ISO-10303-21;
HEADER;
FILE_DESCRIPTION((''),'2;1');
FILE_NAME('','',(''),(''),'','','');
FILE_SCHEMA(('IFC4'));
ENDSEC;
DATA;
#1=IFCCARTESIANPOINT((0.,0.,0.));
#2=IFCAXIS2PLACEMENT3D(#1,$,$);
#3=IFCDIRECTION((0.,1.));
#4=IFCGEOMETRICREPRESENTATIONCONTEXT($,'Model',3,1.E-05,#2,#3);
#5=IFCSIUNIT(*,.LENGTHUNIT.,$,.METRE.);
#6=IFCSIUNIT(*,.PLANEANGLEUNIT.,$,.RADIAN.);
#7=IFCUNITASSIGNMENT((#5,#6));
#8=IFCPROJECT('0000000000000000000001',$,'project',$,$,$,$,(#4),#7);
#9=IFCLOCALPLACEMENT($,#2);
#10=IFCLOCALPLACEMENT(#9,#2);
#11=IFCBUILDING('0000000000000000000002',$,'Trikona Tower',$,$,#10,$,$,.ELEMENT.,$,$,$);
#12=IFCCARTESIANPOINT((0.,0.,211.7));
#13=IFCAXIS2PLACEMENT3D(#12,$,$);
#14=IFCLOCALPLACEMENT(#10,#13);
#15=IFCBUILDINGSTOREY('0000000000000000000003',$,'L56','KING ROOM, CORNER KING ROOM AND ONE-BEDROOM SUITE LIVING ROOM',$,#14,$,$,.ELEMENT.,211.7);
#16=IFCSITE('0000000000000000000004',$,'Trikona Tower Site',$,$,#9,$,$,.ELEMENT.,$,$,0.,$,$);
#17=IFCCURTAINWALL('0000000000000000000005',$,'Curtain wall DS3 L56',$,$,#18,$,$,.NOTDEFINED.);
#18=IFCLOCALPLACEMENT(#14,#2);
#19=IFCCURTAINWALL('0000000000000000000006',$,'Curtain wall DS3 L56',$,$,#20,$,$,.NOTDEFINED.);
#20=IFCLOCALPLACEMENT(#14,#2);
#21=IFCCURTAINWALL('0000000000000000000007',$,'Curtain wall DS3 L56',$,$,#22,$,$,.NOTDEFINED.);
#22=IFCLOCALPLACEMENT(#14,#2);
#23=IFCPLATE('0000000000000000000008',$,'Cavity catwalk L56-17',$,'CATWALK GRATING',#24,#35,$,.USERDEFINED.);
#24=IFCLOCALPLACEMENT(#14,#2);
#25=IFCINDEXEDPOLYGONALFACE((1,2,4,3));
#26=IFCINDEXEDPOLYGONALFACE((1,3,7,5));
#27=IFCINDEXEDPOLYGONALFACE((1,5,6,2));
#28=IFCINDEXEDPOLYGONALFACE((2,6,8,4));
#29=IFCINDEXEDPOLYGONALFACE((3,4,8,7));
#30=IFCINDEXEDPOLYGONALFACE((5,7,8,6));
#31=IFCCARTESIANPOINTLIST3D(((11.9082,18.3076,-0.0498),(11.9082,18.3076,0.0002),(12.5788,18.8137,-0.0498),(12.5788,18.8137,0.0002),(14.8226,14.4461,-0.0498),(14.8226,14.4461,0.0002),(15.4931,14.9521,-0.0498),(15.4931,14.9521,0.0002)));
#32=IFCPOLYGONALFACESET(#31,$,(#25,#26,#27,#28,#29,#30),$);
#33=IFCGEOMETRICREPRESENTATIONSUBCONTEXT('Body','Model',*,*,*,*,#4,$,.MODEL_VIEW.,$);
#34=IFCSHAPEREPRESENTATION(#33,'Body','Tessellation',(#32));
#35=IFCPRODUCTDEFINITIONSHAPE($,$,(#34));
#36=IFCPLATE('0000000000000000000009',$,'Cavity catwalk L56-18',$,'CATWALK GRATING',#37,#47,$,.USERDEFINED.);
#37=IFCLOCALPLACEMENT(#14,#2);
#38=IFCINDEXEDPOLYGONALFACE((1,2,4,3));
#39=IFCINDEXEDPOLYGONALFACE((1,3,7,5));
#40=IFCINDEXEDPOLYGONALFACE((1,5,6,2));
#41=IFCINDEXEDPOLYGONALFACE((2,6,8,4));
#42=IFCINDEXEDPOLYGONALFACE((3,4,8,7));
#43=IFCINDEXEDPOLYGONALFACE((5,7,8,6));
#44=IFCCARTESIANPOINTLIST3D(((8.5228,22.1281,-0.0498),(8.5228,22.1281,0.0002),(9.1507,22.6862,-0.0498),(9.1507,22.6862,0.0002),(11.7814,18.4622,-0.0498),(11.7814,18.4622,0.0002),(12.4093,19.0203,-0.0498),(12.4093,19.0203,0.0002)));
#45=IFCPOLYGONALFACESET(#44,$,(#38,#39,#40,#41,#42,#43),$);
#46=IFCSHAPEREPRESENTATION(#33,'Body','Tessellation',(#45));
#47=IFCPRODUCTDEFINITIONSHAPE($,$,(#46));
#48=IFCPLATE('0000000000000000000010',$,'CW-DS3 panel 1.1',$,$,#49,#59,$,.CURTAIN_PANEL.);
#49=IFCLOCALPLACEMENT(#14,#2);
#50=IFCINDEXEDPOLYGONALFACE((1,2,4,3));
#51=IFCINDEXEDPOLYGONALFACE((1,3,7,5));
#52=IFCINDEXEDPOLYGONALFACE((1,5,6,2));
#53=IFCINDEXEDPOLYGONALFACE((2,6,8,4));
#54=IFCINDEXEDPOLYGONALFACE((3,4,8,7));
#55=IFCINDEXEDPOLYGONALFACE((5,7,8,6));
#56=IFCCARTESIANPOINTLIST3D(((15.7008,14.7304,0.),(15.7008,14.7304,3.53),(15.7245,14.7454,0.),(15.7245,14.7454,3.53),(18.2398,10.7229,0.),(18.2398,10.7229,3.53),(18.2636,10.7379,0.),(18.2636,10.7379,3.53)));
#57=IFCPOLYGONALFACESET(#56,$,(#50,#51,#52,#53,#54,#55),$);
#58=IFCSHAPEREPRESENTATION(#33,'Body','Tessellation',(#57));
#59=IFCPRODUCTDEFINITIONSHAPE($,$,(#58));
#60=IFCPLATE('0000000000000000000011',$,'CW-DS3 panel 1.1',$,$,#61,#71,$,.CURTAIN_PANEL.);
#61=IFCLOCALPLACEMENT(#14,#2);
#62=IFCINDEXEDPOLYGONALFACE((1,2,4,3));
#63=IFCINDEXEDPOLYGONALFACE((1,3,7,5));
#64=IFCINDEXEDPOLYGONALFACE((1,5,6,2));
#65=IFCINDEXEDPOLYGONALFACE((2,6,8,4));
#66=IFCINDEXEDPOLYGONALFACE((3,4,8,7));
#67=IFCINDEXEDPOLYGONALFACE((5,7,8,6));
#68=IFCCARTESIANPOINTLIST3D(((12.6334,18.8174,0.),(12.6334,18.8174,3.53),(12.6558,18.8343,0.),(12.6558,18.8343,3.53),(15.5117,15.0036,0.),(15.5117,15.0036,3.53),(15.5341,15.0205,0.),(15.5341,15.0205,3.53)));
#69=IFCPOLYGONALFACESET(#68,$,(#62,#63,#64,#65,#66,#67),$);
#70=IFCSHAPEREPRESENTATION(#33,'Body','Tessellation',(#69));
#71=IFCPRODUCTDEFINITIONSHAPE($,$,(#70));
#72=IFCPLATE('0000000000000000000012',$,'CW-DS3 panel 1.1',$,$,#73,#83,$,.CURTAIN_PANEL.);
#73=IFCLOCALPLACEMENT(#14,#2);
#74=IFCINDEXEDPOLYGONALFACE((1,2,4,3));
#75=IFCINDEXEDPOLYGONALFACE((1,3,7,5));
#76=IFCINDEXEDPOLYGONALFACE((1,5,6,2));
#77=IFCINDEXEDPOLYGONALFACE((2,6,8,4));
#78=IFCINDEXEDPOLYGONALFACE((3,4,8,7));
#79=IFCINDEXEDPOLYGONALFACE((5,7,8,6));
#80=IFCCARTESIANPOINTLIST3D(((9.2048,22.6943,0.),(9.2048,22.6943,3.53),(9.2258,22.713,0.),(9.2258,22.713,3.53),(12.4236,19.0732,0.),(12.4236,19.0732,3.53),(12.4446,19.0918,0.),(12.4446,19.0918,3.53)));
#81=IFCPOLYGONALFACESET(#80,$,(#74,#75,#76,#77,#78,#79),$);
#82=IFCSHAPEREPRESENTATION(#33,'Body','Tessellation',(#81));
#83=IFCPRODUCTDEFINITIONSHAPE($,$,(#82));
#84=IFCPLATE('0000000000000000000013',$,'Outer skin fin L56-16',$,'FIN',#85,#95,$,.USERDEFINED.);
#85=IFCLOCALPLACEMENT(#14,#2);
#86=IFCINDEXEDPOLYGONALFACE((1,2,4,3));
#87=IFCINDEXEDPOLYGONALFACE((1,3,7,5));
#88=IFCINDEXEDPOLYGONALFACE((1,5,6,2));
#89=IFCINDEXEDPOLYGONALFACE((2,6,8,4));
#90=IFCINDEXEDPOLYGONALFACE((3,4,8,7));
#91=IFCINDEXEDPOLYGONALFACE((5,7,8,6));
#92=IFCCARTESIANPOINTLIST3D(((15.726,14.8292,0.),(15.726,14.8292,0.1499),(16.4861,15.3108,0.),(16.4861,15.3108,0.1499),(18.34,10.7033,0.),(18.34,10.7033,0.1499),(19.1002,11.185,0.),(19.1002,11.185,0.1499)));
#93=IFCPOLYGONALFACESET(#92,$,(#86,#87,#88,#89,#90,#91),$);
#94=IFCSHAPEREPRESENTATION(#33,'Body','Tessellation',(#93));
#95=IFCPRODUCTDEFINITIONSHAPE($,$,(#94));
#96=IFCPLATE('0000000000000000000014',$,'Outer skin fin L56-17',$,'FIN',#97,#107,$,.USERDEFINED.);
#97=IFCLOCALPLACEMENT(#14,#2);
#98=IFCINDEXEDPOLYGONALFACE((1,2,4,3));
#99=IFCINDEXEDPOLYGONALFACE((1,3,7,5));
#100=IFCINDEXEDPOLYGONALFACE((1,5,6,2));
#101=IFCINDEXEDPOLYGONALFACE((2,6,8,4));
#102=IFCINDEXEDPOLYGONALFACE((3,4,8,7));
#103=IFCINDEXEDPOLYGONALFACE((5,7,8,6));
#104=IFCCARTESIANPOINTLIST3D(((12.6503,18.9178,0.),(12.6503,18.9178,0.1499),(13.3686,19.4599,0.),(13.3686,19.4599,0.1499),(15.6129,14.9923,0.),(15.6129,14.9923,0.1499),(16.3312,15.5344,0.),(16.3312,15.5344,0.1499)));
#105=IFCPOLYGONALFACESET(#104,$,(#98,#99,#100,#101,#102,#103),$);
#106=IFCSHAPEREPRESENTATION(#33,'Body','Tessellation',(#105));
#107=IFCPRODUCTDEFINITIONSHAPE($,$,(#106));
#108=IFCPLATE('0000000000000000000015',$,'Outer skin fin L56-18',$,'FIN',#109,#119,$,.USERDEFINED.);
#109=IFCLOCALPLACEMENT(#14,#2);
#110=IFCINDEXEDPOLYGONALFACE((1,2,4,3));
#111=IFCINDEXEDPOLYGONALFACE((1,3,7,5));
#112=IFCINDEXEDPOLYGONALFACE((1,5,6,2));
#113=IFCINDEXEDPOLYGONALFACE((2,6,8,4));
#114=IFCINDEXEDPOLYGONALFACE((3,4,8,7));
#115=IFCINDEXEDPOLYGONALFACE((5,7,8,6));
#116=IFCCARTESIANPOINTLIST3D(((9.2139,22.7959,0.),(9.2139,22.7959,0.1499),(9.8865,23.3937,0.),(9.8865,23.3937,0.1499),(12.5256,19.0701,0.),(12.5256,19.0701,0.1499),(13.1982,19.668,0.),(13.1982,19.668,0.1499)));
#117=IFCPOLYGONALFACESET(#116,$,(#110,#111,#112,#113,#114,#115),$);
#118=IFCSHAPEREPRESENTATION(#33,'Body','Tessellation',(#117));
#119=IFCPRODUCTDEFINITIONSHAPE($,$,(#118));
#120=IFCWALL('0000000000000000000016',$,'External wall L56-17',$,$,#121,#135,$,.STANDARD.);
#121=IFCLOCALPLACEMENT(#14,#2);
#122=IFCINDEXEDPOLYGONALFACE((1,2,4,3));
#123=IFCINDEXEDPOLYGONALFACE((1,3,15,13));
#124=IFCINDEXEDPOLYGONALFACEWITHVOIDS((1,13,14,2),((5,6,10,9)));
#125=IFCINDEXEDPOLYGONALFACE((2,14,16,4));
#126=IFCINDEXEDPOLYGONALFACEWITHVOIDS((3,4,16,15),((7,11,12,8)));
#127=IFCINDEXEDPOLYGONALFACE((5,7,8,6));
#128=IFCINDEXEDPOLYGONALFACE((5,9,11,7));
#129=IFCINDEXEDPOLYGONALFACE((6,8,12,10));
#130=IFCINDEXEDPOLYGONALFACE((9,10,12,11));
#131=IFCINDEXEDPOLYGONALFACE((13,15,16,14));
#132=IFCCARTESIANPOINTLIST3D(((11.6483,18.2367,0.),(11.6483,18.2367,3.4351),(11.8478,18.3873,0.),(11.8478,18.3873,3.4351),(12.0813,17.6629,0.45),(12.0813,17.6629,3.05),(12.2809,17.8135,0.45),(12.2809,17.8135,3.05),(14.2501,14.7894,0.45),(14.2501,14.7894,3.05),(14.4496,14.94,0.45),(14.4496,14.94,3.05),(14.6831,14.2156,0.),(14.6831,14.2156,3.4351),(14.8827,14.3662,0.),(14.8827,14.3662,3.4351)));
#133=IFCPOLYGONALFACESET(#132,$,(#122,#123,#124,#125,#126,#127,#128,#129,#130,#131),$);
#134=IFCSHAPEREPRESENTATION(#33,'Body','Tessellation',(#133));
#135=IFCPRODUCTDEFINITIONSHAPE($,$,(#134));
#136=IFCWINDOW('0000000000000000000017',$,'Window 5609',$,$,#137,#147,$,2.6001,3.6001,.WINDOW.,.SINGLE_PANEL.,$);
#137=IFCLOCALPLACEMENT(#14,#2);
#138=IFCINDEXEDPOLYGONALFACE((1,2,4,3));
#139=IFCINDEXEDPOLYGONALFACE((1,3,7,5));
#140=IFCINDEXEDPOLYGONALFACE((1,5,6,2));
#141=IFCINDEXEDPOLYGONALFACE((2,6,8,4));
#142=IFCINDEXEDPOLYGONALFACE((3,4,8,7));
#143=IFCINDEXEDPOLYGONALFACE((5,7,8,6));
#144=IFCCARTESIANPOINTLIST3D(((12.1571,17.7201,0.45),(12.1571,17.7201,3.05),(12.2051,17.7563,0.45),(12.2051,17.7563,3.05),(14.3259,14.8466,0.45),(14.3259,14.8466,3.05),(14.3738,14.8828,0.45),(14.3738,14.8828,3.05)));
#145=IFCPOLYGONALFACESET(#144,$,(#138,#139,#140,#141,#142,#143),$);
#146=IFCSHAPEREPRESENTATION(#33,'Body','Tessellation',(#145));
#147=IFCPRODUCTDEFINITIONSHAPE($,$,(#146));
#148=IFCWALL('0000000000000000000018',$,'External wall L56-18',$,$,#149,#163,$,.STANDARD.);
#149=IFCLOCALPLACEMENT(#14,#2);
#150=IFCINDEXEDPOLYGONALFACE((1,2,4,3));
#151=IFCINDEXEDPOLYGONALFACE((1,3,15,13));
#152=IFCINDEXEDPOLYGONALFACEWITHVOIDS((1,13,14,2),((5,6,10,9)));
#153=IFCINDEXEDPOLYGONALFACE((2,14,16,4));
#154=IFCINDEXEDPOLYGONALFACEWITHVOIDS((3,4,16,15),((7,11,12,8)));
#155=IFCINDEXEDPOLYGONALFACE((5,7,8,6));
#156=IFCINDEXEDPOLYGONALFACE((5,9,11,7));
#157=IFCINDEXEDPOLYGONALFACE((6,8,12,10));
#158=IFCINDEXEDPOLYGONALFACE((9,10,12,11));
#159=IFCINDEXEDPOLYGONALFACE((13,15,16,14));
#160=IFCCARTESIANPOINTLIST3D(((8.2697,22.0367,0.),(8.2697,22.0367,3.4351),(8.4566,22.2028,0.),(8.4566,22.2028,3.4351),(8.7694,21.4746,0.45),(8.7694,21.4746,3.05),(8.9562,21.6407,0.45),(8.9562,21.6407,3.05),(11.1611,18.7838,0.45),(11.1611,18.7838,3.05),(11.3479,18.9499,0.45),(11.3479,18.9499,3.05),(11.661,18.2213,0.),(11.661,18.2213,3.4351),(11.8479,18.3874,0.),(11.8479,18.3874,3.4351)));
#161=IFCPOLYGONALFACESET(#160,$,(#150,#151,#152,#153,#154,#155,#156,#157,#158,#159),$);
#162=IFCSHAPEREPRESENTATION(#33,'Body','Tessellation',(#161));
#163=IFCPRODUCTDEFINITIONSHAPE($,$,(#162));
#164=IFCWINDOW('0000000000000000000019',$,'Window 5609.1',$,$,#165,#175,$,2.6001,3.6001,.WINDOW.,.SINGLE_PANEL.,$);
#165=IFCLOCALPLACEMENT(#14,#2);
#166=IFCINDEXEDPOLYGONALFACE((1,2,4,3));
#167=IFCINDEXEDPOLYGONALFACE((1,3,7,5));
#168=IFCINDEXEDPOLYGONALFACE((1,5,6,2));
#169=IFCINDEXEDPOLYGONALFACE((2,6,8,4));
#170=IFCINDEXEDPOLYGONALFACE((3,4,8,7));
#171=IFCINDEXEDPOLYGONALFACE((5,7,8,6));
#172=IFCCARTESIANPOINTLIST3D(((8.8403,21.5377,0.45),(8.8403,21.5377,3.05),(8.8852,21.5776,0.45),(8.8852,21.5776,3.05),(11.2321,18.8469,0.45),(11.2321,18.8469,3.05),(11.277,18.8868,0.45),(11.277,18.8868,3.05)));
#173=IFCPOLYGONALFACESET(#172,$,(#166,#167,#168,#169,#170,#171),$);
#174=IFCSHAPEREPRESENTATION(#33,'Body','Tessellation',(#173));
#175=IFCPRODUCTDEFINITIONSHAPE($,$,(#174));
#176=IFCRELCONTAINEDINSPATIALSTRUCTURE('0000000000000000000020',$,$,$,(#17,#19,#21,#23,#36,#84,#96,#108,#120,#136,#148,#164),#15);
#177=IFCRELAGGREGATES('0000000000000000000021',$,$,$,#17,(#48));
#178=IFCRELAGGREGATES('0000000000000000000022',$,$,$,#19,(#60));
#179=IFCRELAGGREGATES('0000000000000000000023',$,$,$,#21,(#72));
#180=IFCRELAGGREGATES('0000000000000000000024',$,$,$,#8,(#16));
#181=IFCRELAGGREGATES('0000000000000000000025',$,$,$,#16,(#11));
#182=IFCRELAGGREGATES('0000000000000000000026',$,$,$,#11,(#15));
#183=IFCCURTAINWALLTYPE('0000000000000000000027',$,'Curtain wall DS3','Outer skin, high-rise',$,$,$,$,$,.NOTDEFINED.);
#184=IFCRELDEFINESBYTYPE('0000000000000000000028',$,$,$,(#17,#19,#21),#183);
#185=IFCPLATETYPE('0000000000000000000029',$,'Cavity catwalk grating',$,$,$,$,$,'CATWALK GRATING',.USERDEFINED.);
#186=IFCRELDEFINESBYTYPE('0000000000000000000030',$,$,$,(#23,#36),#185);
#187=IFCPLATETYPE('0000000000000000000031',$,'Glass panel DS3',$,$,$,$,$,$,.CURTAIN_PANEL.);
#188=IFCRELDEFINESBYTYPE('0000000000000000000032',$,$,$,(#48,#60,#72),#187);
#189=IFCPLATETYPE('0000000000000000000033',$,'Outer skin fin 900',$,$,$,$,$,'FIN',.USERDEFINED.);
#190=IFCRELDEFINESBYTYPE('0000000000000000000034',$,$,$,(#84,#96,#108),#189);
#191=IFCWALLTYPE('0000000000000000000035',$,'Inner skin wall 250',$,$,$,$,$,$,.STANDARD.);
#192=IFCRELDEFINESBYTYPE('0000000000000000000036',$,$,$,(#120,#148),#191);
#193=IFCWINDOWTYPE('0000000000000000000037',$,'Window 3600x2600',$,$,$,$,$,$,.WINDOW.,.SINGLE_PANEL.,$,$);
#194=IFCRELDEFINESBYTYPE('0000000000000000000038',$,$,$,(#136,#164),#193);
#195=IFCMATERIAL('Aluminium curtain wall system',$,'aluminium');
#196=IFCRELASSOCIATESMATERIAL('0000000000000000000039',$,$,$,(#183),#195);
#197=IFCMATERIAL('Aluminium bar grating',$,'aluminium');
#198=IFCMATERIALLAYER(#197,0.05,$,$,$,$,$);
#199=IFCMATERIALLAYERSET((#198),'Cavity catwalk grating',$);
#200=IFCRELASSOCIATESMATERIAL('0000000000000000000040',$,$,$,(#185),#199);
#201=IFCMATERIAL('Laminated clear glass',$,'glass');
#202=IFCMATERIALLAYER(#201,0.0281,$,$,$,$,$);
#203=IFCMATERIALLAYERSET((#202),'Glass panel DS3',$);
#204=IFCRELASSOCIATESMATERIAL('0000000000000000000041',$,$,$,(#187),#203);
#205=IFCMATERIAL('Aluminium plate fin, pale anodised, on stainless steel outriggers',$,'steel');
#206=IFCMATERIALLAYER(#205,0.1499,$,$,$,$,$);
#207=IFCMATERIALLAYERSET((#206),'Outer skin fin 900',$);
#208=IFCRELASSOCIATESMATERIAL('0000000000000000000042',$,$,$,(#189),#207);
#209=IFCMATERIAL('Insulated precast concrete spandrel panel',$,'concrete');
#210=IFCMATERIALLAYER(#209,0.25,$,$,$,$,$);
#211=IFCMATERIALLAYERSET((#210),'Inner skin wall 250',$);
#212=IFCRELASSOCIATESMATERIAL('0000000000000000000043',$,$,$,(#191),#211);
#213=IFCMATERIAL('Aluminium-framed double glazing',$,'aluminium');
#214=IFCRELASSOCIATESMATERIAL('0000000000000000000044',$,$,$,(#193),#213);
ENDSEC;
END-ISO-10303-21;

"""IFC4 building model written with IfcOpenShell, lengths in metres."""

from ifc_helpers import new_model, si_unit, direction, frame, frame_2d, origin, origin_2d, place, context, subcontext, project, spatial, rectangle, extrude, material, layer, layer_set, type_object, element, fill, aggregate, save


model = new_model("IFC4")

# Units and contexts
model_context = context("Model", 3, precision=1e-05, world=origin(), true_north=direction((0.0, 1.0)))
body_context = subcontext(model_context, "Body", "Model", "MODEL_VIEW")
ifc_project = project(units=[si_unit("LENGTHUNIT", "METRE"), si_unit("PLANEANGLEUNIT", "RADIAN")], contexts=[model_context])

# Site, building, storey
site_placement = place(None, origin())
site = spatial("IfcSite", under=ifc_project, at=site_placement, Name="Trikona Tower Site", CompositionType="ELEMENT", RefElevation=0.0)
building_placement = place(site_placement, origin())
building = spatial("IfcBuilding", under=site, at=building_placement, Name="Trikona Tower", CompositionType="ELEMENT")
storey_placement = place(building_placement, frame((0.0, 0.0, 211.7)))
storey = spatial("IfcBuildingStorey", under=building, at=storey_placement, Name="L56", Description="KING ROOM, CORNER KING ROOM AND ONE-BEDROOM SUITE LIVING ROOM", CompositionType="ELEMENT", Elevation=211.7)

# Curtain wall
ifc_material_1 = material(Name="Aluminium curtain wall system", Category="aluminium")
curtain_wall_type = type_object("IfcCurtainWallType", Name="Curtain wall DS3", Description="Outer skin, high-rise", PredefinedType="NOTDEFINED", material=ifc_material_1)
curtain_wall_1_placement = place(storey_placement, origin())
curtain_wall_1 = element("IfcCurtainWall", 1, at=curtain_wall_1_placement, inside=storey, type_object=curtain_wall_type, Name="Curtain wall DS3 L56", PredefinedType="NOTDEFINED")

# Curtain walls
curtain_wall_2_placement = place(storey_placement, origin())
curtain_wall_2 = element("IfcCurtainWall", 2, at=curtain_wall_2_placement, inside=storey, type_object=curtain_wall_type, Name="Curtain wall DS3 L56", PredefinedType="NOTDEFINED")
curtain_wall_3_placement = place(storey_placement, origin())
curtain_wall_3 = element("IfcCurtainWall", 3, at=curtain_wall_3_placement, inside=storey, type_object=curtain_wall_type, Name="Curtain wall DS3 L56", PredefinedType="NOTDEFINED")

# Plates
ifc_material_2 = material(Name="Aluminium bar grating", Category="aluminium")
ifc_layer_1 = layer(ifc_material_2, 0.05)
ifc_layer_set_1 = layer_set([ifc_layer_1], Name="Cavity catwalk grating")
plate_type_1 = type_object("IfcPlateType", Name="Cavity catwalk grating", ElementType="CATWALK GRATING", PredefinedType="USERDEFINED", material=ifc_layer_set_1)
plate_1_placement = place(storey_placement, frame((13.7007, 16.6299, -0.0498), z_axis=(0.0, 0.0, 1.0), x_axis=(-0.602402, 0.798193, 0.0)))
element("IfcPlate", 4, at=plate_1_placement, inside=storey, type_object=plate_type_1, Name="Cavity catwalk L56-17", ObjectType="CATWALK GRATING", PredefinedType="USERDEFINED", context=body_context, shape_type="SweptSolid", body=[
    extrude(rectangle(XDim=4.8379, YDim=0.8401, at=origin_2d()), origin(), (0.0, 0.0, 1.0), 0.05),
])
plate_2_placement = place(storey_placement, frame((10.4661, 20.5742, -0.0498), z_axis=(0.0, 0.0, 1.0), x_axis=(-0.664367, 0.747406, 0.0)))
element("IfcPlate", 5, at=plate_2_placement, inside=storey, type_object=plate_type_1, Name="Cavity catwalk L56-18", ObjectType="CATWALK GRATING", PredefinedType="USERDEFINED", context=body_context, shape_type="SweptSolid", body=[
    extrude(rectangle(XDim=4.9048, YDim=0.8401, at=origin_2d()), origin(), (0.0, 0.0, 1.0), 0.05),
])

# Plates
ifc_material_3 = material(Name="Laminated clear glass", Category="glass")
ifc_layer_2 = layer(ifc_material_3, 0.0281)
ifc_layer_set_2 = layer_set([ifc_layer_2], Name="Glass panel DS3")
plate_type_2 = type_object("IfcPlateType", Name="Glass panel DS3", PredefinedType="CURTAIN_PANEL", material=ifc_layer_set_2)
plate_3_placement = place(storey_placement, frame((16.9822, 12.7341, 0.0), z_axis=(0.0, 0.0, 1.0), x_axis=(-0.535197, 0.844727, 0.0)))
plate_3 = element("IfcPlate", 6, at=plate_3_placement, type_object=plate_type_2, Name="CW-DS3 panel 1.1", PredefinedType="CURTAIN_PANEL", context=body_context, shape_type="SweptSolid", body=[
    extrude(rectangle(XDim=4.7441, YDim=0.0281, at=origin_2d()), origin(), (0.0, 0.0, 1.0), 3.53),
])
aggregate(curtain_wall_1, [plate_3])
plate_4_placement = place(storey_placement, frame((14.0837, 16.9189, 0.0), z_axis=(0.0, 0.0, 1.0), x_axis=(-0.602402, 0.798193, 0.0)))
plate_4 = element("IfcPlate", 7, at=plate_4_placement, type_object=plate_type_2, Name="CW-DS3 panel 1.1", PredefinedType="CURTAIN_PANEL", context=body_context, shape_type="SweptSolid", body=[
    extrude(rectangle(XDim=4.7781, YDim=0.0281, at=origin_2d()), origin(), (0.0, 0.0, 1.0), 3.53),
])
aggregate(curtain_wall_2, [plate_4])
plate_5_placement = place(storey_placement, frame((10.8247, 20.8931, 0.0), z_axis=(0.0, 0.0, 1.0), x_axis=(-0.664371, 0.747403, 0.0)))
plate_5 = element("IfcPlate", 8, at=plate_5_placement, type_object=plate_type_2, Name="CW-DS3 panel 1.1", PredefinedType="CURTAIN_PANEL", context=body_context, shape_type="SweptSolid", body=[
    extrude(rectangle(XDim=4.845, YDim=0.0281, at=origin_2d()), origin(), (0.0, 0.0, 1.0), 3.53),
])
aggregate(curtain_wall_3, [plate_5])

# Plates
ifc_material_4 = material(Name="Aluminium plate fin, pale anodised, on stainless steel outriggers", Category="steel")
ifc_layer_3 = layer(ifc_material_4, 0.1499)
ifc_layer_set_3 = layer_set([ifc_layer_3], Name="Outer skin fin 900")
plate_type_3 = type_object("IfcPlateType", Name="Outer skin fin 900", ElementType="FIN", PredefinedType="USERDEFINED", material=ifc_layer_set_3)
plate_6_placement = place(storey_placement, frame((17.4131, 13.0071, 0.0), z_axis=(0.0, 0.0, 1.0), x_axis=(-0.535205, 0.844722, 0.0)))
element("IfcPlate", 9, at=plate_6_placement, inside=storey, type_object=plate_type_3, Name="Outer skin fin L56-16", ObjectType="FIN", PredefinedType="USERDEFINED", context=body_context, shape_type="SweptSolid", body=[
    extrude(rectangle(XDim=4.8843, YDim=0.8999, at=origin_2d()), origin(), (0.0, 0.0, 1.0), 0.1499),
])
plate_7_placement = place(storey_placement, frame((14.4907, 17.2261, 0.0), z_axis=(0.0, 0.0, 1.0), x_axis=(-0.602402, 0.798193, 0.0)))
element("IfcPlate", 10, at=plate_7_placement, inside=storey, type_object=plate_type_3, Name="Outer skin fin L56-17", ObjectType="FIN", PredefinedType="USERDEFINED", context=body_context, shape_type="SweptSolid", body=[
    extrude(rectangle(XDim=4.918, YDim=0.8999, at=origin_2d()), origin(), (0.0, 0.0, 1.0), 0.1499),
])
plate_8_placement = place(storey_placement, frame((11.2061, 21.2319, 0.0), z_axis=(0.0, 0.0, 1.0), x_axis=(-0.664367, 0.747406, 0.0)))
element("IfcPlate", 11, at=plate_8_placement, inside=storey, type_object=plate_type_3, Name="Outer skin fin L56-18", ObjectType="FIN", PredefinedType="USERDEFINED", context=body_context, shape_type="SweptSolid", body=[
    extrude(rectangle(XDim=4.9849, YDim=0.8999, at=origin_2d()), origin(), (0.0, 0.0, 1.0), 0.1499),
])

# Walls, openings, windows
ifc_material_5 = material(Name="Insulated precast concrete spandrel panel", Category="concrete")
ifc_layer_4 = layer(ifc_material_5, 0.25)
ifc_layer_set_4 = layer_set([ifc_layer_4], Name="Inner skin wall 250")
wall_type = type_object("IfcWallType", Name="Inner skin wall 250", PredefinedType="STANDARD", material=ifc_layer_set_4)
wall_1_placement = place(storey_placement, frame((14.783, 14.2908, 0.0), z_axis=(0.0, 0.0, 1.0), x_axis=(-0.602409, 0.798188, 0.0)))
wall_1 = element("IfcWall", 12, at=wall_1_placement, inside=storey, type_object=wall_type, Name="External wall L56-17", PredefinedType="STANDARD", context=body_context, shape_type="SweptSolid", body=[
    extrude(rectangle(XDim=5.0378, YDim=0.25, at=frame_2d((2.519, 0.0))), origin(), (0.0, 0.0, 1.0), 3.4351),
])
opening_1_placement = place(wall_1_placement, frame((0.719, 0.0, 0.45)))
opening_1 = element("IfcOpeningElement", 13, at=opening_1_placement, cuts=wall_1, PredefinedType="OPENING", context=body_context, shape_type="SweptSolid", body=[
    extrude(rectangle(XDim=3.6001, YDim=2.6001, at=frame_2d((1.8, 1.3))), frame((0.0, 0.135, 0.0), z_axis=(0.0, -1.0, 0.0), x_axis=(1.0, 0.0, 0.0)), (0.0, 0.0, 1.0), 0.27),
])
ifc_material_6 = material(Name="Aluminium-framed double glazing", Category="aluminium")
window_type = type_object("IfcWindowType", Name="Window 3600x2600", PartitioningType="SINGLE_PANEL", PredefinedType="WINDOW", material=ifc_material_6)
window_1_placement = place(opening_1_placement, origin())
window_1 = element("IfcWindow", 14, at=window_1_placement, inside=storey, type_object=window_type, Name="Window 5609", OverallHeight=2.6001, OverallWidth=3.6001, PartitioningType="SINGLE_PANEL", PredefinedType="WINDOW", context=body_context, shape_type="SweptSolid", body=[
    extrude(rectangle(XDim=3.6001, YDim=2.6001, at=frame_2d((1.8, 1.3))), frame((0.0, 0.03, 0.0), z_axis=(0.0, -1.0, 0.0), x_axis=(1.0, 0.0, 0.0)), (0.0, 0.0, 1.0), 0.0601),
])
fill(opening_1, window_1)
wall_2_placement = place(storey_placement, frame((11.7544, 18.3044, 0.0), z_axis=(0.0, 0.0, 1.0), x_axis=(-0.664349, 0.747423, 0.0)))
wall_2 = element("IfcWall", 15, at=wall_2_placement, inside=storey, type_object=wall_type, Name="External wall L56-18", PredefinedType="STANDARD", context=body_context, shape_type="SweptSolid", body=[
    extrude(rectangle(XDim=5.1047, YDim=0.25, at=frame_2d((2.5522, 0.0))), origin(), (0.0, 0.0, 1.0), 3.4351),
])
opening_2_placement = place(wall_2_placement, frame((0.7524, 0.0, 0.45)))
opening_2 = element("IfcOpeningElement", 16, at=opening_2_placement, cuts=wall_2, PredefinedType="OPENING", context=body_context, shape_type="SweptSolid", body=[
    extrude(rectangle(XDim=3.6001, YDim=2.6001, at=frame_2d((1.8, 1.3))), frame((0.0, 0.135, 0.0), z_axis=(0.0, -1.0, 0.0), x_axis=(1.0, 0.0, 0.0)), (0.0, 0.0, 1.0), 0.27),
])
window_2_placement = place(opening_2_placement, origin())
window_2 = element("IfcWindow", 17, at=window_2_placement, inside=storey, type_object=window_type, Name="Window 5609.1", OverallHeight=2.6001, OverallWidth=3.6001, PartitioningType="SINGLE_PANEL", PredefinedType="WINDOW", context=body_context, shape_type="SweptSolid", body=[
    extrude(rectangle(XDim=3.6001, YDim=2.6001, at=frame_2d((1.8, 1.3))), frame((0.0, 0.03, 0.0), z_axis=(0.0, -1.0, 0.0), x_axis=(1.0, 0.0, 0.0)), (0.0, 0.0, 1.0), 0.0601),
])
fill(opening_2, window_2)

save(model, "model.ifc")
